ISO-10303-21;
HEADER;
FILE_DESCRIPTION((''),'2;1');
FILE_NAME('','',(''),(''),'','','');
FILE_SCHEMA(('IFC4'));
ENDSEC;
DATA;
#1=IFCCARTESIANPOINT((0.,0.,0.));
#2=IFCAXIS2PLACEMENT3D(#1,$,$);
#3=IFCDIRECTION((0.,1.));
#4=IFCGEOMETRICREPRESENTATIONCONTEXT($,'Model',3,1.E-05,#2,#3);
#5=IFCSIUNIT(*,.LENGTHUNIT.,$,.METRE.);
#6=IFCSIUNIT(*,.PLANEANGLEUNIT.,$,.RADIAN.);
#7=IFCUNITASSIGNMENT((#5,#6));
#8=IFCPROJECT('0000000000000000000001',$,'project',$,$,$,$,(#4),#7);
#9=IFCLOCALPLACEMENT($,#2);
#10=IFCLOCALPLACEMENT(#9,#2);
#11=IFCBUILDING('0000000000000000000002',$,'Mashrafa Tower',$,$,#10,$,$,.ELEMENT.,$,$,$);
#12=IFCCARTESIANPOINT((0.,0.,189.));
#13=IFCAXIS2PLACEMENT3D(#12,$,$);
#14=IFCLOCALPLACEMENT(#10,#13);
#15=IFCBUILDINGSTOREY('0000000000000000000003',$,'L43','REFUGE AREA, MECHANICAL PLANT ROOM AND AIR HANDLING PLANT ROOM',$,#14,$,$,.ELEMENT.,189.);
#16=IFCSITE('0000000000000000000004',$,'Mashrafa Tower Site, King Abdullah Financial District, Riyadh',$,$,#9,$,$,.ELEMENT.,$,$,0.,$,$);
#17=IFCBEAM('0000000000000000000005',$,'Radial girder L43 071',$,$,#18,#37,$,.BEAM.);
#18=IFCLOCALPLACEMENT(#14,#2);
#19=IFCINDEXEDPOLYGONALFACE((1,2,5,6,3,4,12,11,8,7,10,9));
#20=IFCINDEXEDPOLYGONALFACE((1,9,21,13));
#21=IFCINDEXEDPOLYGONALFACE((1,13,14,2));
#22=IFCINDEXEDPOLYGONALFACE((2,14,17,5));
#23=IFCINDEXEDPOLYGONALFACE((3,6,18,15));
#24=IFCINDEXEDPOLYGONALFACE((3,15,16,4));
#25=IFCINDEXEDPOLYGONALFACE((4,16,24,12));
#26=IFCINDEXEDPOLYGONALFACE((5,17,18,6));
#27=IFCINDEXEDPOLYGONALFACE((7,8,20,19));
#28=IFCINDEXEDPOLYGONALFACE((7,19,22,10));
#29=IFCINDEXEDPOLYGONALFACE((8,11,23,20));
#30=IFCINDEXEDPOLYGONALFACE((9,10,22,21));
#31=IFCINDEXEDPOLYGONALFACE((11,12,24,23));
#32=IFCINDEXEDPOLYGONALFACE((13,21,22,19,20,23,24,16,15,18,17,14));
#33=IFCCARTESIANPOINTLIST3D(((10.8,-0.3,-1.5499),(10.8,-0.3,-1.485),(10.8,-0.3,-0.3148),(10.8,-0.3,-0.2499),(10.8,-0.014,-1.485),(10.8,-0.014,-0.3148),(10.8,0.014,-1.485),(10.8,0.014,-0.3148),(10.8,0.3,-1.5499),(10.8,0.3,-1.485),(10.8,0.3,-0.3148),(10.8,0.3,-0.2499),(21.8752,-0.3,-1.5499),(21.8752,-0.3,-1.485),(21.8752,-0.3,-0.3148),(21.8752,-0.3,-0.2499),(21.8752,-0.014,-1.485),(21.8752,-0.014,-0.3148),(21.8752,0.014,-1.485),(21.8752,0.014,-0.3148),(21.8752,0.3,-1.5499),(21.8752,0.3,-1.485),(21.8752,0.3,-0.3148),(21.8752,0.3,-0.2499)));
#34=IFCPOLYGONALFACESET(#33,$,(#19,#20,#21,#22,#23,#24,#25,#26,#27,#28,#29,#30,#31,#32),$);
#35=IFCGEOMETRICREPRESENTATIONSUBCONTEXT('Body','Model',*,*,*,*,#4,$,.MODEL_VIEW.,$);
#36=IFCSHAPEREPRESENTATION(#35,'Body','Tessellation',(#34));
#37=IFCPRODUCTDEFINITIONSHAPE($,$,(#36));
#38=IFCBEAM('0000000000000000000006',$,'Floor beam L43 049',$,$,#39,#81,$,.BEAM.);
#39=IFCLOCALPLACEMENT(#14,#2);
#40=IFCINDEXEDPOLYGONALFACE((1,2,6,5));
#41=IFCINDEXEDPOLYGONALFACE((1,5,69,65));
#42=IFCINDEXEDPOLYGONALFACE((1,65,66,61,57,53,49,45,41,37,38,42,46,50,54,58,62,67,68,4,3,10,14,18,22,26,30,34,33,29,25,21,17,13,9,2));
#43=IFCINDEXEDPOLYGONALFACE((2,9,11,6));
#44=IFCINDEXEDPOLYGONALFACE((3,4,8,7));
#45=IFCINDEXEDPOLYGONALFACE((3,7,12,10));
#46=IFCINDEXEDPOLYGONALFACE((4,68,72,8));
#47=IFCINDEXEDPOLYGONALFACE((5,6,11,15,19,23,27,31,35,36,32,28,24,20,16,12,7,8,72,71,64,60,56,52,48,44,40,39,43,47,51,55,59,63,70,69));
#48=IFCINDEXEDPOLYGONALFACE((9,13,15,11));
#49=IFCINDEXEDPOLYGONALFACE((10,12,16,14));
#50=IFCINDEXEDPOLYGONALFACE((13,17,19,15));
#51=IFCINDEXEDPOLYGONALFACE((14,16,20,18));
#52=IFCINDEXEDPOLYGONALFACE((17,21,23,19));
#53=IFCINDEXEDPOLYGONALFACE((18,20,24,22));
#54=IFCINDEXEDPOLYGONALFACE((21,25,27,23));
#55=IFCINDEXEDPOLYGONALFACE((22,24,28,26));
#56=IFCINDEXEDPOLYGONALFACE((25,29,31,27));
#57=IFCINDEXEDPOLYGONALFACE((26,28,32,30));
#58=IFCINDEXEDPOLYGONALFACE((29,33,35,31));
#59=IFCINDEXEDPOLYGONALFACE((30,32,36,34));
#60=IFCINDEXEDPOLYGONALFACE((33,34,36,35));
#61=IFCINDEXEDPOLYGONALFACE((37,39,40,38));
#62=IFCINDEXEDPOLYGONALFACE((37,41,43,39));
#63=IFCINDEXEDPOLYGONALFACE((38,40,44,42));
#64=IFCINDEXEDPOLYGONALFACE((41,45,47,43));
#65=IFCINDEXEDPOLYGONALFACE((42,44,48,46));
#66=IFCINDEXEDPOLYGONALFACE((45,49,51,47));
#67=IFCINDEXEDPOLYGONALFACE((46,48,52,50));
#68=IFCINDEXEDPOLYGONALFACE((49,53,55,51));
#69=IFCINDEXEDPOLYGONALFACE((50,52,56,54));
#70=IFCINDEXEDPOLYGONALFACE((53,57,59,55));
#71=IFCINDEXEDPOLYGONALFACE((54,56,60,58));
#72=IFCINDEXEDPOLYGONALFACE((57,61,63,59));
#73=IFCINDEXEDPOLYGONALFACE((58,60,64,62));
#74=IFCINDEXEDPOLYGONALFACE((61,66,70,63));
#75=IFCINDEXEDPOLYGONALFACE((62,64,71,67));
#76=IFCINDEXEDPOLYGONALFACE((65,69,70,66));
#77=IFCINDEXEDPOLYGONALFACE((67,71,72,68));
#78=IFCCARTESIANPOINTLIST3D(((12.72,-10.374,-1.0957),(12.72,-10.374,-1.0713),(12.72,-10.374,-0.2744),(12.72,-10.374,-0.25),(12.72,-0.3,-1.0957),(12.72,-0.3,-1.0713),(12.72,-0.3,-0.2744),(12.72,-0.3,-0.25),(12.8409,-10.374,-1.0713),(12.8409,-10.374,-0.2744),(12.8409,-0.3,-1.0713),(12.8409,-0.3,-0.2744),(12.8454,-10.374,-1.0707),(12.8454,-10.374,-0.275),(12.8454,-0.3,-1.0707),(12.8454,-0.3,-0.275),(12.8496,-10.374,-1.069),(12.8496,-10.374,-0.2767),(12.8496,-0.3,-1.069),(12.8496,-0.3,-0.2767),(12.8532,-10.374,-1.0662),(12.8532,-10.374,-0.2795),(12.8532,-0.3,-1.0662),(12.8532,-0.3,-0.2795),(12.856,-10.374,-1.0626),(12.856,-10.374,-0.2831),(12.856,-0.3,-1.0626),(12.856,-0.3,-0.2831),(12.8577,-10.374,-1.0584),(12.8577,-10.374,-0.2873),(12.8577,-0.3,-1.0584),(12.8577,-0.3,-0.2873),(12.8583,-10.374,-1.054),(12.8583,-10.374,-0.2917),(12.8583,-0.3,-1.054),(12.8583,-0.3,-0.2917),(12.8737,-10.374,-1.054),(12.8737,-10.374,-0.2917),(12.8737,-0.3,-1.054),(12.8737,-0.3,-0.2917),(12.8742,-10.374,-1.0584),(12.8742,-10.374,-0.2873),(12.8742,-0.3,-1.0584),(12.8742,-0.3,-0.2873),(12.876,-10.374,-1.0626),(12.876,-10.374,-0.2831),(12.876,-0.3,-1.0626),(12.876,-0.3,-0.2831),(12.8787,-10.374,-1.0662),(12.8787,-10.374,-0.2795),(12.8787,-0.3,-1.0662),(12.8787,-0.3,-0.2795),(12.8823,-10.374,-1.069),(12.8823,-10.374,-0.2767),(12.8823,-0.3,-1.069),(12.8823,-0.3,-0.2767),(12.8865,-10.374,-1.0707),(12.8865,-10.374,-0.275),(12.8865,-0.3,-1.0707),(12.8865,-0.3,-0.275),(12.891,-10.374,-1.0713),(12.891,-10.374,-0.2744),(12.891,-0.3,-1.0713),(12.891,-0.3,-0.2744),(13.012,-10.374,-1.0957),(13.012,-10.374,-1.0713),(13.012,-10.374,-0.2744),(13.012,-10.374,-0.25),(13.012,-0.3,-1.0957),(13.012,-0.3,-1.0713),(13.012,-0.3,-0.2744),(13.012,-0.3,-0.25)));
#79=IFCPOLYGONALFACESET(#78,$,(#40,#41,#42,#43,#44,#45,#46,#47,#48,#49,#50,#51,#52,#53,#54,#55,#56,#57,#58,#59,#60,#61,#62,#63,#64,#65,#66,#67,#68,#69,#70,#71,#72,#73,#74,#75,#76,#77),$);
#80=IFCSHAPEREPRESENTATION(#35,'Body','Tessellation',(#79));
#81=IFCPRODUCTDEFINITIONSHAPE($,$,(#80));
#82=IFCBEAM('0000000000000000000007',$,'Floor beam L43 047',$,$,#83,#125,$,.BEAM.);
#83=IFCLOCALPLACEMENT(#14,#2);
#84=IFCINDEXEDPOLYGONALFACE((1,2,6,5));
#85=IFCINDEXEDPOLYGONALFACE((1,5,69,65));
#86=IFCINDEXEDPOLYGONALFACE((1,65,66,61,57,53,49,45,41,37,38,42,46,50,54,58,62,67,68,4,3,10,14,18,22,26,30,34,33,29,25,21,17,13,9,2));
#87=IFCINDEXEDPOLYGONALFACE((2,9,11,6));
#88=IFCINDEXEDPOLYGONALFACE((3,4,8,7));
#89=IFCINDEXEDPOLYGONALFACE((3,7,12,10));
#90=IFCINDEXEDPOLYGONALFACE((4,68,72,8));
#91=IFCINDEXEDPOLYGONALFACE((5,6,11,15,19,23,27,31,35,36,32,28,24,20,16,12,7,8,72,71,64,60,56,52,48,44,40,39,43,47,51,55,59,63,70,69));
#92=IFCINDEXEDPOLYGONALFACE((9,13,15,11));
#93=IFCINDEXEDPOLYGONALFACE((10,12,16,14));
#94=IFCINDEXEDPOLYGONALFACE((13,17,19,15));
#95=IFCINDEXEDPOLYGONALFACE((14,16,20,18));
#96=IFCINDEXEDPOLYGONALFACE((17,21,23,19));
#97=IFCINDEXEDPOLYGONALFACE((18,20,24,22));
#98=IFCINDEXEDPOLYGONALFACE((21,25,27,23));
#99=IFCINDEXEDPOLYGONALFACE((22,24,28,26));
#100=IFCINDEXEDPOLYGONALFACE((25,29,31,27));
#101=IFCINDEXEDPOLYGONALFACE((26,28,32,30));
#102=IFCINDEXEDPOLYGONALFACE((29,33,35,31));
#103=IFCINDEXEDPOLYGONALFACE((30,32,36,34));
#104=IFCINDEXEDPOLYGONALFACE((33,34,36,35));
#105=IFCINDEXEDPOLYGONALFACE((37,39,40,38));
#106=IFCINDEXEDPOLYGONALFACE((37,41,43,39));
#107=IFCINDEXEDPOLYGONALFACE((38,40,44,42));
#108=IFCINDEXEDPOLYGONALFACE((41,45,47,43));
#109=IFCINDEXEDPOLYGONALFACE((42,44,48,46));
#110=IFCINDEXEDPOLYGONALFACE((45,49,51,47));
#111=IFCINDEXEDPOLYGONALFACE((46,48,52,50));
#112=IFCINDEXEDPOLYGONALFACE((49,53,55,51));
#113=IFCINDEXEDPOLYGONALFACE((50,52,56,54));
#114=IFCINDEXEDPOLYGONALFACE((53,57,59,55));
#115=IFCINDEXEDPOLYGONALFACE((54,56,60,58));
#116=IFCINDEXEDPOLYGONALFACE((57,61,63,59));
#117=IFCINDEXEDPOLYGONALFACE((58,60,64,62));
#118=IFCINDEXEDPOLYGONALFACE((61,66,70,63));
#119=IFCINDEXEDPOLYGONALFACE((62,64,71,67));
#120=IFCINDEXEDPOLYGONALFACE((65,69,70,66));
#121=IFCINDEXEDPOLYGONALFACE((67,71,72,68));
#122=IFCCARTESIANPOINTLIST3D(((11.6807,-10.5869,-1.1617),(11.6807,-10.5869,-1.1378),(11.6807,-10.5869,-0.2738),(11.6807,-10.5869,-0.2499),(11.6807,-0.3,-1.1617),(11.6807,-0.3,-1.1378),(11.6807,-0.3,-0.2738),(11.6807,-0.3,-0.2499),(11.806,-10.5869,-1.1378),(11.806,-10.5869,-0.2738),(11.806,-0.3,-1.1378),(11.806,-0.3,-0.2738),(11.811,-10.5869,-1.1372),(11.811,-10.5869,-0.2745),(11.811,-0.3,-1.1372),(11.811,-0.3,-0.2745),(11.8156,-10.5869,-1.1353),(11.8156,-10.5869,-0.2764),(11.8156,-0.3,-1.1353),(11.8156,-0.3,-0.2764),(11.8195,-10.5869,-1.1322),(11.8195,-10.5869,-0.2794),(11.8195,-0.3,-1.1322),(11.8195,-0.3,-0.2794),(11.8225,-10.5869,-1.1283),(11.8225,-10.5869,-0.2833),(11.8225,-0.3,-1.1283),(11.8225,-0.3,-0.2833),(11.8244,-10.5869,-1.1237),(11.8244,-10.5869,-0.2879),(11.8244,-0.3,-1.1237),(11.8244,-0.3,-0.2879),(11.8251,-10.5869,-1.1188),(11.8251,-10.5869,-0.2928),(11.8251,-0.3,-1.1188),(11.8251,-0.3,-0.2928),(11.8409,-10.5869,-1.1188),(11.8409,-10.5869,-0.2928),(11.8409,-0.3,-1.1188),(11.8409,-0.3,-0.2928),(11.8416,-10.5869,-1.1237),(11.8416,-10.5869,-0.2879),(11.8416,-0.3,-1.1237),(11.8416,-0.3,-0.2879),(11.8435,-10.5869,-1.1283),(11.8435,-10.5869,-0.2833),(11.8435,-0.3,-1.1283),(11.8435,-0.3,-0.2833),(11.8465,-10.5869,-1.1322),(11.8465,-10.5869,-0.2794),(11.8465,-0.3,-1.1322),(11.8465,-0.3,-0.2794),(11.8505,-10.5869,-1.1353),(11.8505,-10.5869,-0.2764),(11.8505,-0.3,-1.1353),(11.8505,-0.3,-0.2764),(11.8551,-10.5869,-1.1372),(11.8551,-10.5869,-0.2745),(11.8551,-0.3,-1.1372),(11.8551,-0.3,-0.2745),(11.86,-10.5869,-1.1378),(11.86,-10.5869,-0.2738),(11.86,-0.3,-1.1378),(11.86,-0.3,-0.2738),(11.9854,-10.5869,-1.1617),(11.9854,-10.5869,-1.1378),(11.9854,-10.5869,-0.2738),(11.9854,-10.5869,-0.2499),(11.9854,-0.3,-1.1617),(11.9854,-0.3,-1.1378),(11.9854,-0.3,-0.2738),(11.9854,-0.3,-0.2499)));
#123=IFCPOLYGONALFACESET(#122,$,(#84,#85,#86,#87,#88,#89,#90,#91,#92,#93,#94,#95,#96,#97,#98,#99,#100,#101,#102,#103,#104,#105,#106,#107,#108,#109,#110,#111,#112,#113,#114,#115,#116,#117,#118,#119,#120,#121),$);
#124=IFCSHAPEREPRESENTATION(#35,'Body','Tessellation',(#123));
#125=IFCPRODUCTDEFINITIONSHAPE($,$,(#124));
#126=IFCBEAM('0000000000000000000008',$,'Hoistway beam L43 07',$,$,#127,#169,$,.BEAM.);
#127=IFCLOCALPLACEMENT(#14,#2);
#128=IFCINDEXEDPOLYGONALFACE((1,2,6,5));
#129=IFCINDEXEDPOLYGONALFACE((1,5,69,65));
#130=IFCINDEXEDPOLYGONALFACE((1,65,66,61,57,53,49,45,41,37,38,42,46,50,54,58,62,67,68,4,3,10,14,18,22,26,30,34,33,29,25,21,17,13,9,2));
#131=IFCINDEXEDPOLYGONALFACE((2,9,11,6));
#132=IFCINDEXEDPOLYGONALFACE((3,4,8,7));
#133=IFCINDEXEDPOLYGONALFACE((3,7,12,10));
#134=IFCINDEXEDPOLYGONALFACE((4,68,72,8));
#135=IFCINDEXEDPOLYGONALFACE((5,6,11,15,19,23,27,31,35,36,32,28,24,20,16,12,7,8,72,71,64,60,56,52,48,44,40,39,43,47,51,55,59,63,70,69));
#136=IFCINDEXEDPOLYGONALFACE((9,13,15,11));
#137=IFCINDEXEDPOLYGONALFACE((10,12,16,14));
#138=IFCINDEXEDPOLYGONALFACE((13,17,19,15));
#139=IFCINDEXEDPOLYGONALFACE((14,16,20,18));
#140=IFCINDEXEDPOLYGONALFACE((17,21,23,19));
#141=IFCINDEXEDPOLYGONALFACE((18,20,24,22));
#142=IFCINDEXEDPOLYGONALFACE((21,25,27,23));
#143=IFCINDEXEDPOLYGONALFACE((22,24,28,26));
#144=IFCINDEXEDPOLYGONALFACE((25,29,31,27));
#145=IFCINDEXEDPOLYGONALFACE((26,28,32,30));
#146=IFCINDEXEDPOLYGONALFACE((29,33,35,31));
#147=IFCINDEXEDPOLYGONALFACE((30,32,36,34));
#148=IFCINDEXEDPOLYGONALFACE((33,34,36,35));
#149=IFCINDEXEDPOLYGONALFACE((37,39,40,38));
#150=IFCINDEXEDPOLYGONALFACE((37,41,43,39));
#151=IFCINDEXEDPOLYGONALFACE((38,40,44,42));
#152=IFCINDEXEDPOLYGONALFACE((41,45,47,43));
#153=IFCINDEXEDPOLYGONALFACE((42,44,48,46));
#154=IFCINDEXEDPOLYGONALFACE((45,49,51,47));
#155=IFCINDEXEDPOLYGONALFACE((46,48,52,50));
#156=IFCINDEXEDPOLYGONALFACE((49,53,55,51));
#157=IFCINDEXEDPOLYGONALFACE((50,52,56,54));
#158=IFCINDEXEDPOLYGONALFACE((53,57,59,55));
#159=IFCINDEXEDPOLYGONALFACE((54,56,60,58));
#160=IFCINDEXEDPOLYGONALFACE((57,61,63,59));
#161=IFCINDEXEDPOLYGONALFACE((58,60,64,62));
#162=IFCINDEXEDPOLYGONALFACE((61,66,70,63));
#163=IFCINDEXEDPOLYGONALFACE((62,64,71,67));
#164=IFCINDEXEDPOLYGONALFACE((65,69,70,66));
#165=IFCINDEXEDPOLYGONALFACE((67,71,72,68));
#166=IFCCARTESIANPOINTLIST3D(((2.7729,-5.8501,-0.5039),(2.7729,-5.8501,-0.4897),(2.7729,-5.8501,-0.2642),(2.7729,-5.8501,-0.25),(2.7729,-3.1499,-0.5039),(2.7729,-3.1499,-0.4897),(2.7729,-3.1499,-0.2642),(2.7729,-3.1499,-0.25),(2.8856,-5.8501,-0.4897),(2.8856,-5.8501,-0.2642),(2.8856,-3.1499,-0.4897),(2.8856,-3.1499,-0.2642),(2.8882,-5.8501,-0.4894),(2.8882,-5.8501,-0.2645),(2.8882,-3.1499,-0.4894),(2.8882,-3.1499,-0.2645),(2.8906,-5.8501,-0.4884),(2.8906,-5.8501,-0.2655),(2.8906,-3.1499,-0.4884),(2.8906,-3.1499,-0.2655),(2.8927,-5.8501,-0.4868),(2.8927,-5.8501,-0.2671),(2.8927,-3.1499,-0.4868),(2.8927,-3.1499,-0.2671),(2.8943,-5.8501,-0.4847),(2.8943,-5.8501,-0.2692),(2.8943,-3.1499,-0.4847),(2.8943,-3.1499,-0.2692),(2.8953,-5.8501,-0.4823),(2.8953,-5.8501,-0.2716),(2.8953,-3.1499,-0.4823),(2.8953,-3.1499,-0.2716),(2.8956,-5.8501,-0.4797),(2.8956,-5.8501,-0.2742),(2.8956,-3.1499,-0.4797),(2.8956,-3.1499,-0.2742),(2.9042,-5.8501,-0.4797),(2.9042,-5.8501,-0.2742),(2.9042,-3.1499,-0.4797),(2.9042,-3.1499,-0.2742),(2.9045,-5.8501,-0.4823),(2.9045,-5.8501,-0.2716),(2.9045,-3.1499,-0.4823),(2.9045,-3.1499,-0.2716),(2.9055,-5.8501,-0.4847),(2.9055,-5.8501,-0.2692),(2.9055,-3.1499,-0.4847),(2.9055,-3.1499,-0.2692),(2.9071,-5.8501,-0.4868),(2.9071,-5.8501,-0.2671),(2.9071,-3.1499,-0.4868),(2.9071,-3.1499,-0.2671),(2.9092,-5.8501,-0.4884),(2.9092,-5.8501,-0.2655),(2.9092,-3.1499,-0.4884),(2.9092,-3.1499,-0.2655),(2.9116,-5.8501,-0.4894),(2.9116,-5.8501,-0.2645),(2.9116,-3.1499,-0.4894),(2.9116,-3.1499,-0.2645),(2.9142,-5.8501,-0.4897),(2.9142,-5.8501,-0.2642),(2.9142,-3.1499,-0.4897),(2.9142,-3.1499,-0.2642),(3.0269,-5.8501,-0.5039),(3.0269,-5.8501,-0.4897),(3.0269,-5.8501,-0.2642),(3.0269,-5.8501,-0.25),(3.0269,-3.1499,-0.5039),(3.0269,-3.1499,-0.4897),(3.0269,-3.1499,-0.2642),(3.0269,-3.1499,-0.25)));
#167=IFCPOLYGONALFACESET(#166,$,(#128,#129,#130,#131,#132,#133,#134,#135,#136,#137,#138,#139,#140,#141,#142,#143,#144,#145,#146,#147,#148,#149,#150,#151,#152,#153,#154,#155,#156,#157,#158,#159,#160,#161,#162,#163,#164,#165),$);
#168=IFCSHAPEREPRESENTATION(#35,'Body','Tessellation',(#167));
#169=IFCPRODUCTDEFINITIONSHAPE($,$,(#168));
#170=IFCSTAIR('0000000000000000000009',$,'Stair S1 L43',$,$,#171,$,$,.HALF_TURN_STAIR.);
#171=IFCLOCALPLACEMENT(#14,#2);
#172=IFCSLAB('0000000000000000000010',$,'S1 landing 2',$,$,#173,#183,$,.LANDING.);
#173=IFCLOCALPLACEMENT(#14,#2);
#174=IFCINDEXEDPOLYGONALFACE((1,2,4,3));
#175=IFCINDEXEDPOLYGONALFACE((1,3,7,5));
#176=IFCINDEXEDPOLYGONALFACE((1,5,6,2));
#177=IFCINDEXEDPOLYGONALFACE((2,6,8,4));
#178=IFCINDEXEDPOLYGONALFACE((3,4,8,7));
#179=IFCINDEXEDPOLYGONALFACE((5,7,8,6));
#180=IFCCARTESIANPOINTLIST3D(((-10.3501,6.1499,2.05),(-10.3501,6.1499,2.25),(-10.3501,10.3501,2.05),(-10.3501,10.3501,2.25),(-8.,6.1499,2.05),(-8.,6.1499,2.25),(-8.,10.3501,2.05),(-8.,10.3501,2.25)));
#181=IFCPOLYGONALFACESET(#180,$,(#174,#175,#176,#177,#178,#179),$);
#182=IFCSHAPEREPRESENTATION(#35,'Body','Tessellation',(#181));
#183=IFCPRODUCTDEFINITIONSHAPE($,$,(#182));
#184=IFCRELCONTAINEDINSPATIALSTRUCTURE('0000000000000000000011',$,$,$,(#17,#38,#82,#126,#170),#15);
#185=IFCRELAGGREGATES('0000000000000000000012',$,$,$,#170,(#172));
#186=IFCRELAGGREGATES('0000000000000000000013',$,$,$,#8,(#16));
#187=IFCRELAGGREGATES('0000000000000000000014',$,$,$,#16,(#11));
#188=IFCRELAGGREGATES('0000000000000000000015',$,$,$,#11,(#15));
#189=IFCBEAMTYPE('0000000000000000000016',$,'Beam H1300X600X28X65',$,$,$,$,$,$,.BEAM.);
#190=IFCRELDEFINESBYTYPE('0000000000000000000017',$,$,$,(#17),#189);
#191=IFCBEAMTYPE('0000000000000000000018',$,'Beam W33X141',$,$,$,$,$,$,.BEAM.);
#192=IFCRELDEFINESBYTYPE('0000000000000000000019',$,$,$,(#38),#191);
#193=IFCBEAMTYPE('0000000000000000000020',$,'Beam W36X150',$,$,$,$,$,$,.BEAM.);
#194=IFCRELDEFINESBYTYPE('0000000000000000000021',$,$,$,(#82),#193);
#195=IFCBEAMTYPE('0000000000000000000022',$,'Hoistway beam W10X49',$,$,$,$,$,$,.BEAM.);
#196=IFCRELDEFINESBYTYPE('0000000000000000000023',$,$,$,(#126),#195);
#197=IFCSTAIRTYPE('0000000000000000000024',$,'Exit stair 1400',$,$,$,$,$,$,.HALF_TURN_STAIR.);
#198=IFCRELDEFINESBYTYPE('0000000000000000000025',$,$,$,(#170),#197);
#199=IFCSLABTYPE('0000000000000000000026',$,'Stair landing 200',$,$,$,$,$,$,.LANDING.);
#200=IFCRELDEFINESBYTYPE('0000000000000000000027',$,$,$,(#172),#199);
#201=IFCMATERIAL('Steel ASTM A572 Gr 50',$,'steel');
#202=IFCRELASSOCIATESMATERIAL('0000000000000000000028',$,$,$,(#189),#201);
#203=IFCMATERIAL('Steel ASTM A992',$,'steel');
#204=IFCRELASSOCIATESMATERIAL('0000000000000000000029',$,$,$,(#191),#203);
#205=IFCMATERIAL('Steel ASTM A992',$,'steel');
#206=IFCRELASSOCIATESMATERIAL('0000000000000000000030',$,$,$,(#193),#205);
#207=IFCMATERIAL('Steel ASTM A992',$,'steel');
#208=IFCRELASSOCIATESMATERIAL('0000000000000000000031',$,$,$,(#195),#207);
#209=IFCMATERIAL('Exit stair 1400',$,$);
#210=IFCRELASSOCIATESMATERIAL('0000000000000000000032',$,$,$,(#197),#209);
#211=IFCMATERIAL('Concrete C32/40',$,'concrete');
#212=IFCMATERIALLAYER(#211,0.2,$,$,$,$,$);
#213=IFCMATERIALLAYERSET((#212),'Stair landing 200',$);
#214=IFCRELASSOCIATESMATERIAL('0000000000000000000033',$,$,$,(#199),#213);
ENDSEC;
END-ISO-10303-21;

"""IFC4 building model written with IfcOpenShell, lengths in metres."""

from ifc_helpers import new_model, si_unit, direction, frame, origin, origin_2d, place, context, subcontext, project, spatial, polyline, i_section, outline, extrude, material, layer, layer_set, material_profile, profile_set, type_object, element, aggregate, save


model = new_model("IFC4")

# Units and contexts
model_context = context("Model", 3, precision=1e-05, world=origin(), true_north=direction((0.0, 1.0)))
body_context = subcontext(model_context, "Body", "Model", "MODEL_VIEW")
ifc_project = project(units=[si_unit("LENGTHUNIT", "METRE"), si_unit("PLANEANGLEUNIT", "RADIAN")], contexts=[model_context])

# Site, building, storey
site_placement = place(None, origin())
site = spatial("IfcSite", under=ifc_project, at=site_placement, Name="Mashrafa Tower Site, King Abdullah Financial District, Riyadh", CompositionType="ELEMENT", RefElevation=0.0)
building_placement = place(site_placement, origin())
building = spatial("IfcBuilding", under=site, at=building_placement, Name="Mashrafa Tower", CompositionType="ELEMENT")
storey_placement = place(building_placement, frame((0.0, 0.0, 189.0)))
storey = spatial("IfcBuildingStorey", under=building, at=storey_placement, Name="L43", Description="REFUGE AREA, MECHANICAL PLANT ROOM AND AIR HANDLING PLANT ROOM", CompositionType="ELEMENT", Elevation=189.0)

# Beams
ifc_material_1 = material(Name="Steel ASTM A572 Gr 50", Category="steel")
ifc_material_profile_1 = material_profile(ifc_material_1, i_section(OverallWidth=0.6001, OverallDepth=1.3, WebThickness=0.0281, FlangeThickness=0.0649, at=origin_2d()), Name="H1300X600X28X65")
ifc_profile_set_1 = profile_set([ifc_material_profile_1], Name="Steel ASTM A572 Gr 50")
beam_type_1 = type_object("IfcBeamType", Name="Beam H1300X600X28X65", PredefinedType="BEAM", material=ifc_profile_set_1)
beam_1_placement = place(storey_placement, frame((10.8, 0.0, -0.8999), z_axis=(1.0, 0.0, 0.0), x_axis=(0.0, 1.0, 0.0)))
element("IfcBeam", 1, at=beam_1_placement, inside=storey, type_object=beam_type_1, Name="Radial girder L43 071", PredefinedType="BEAM", context=body_context, shape_type="SweptSolid", body=[
    extrude(i_section(OverallWidth=0.6001, OverallDepth=1.3, WebThickness=0.0281, FlangeThickness=0.0649, at=origin_2d()), origin(), (0.0, 0.0, 1.0), 11.0752),
])
ifc_material_2 = material(Name="Steel ASTM A992", Category="steel")
ifc_material_profile_2 = material_profile(ifc_material_2, i_section(OverallWidth=0.292, OverallDepth=0.8457, WebThickness=0.0154, FlangeThickness=0.0244, FilletRadius=0.0173, at=origin_2d()), Name="W33X141")
ifc_profile_set_2 = profile_set([ifc_material_profile_2], Name="Steel ASTM A992")
beam_type_2 = type_object("IfcBeamType", Name="Beam W33X141", PredefinedType="BEAM", material=ifc_profile_set_2)
beam_2_placement = place(storey_placement, frame((12.866, -0.3, -0.6729), z_axis=(0.0, -1.0, 0.0), x_axis=(1.0, 0.0, 0.0)))
element("IfcBeam", 2, at=beam_2_placement, inside=storey, type_object=beam_type_2, Name="Floor beam L43 049", PredefinedType="BEAM", context=body_context, shape_type="SweptSolid", body=[
    extrude(i_section(OverallWidth=0.292, OverallDepth=0.8457, WebThickness=0.0154, FlangeThickness=0.0244, FilletRadius=0.0173, at=origin_2d()), origin(), (0.0, 0.0, 1.0), 10.074),
])
ifc_material_3 = material(Name="Steel ASTM A992", Category="steel")
ifc_material_profile_3 = material_profile(ifc_material_3, i_section(OverallWidth=0.3047, OverallDepth=0.9119, WebThickness=0.0159, FlangeThickness=0.0239, FilletRadius=0.019, at=origin_2d()), Name="W36X150")
ifc_profile_set_3 = profile_set([ifc_material_profile_3], Name="Steel ASTM A992")
beam_type_3 = type_object("IfcBeamType", Name="Beam W36X150", PredefinedType="BEAM", material=ifc_profile_set_3)
beam_3_placement = place(storey_placement, frame((11.833, -0.3, -0.7058), z_axis=(0.0, -1.0, 0.0), x_axis=(1.0, 0.0, 0.0)))
element("IfcBeam", 3, at=beam_3_placement, inside=storey, type_object=beam_type_3, Name="Floor beam L43 047", PredefinedType="BEAM", context=body_context, shape_type="SweptSolid", body=[
    extrude(i_section(OverallWidth=0.3047, OverallDepth=0.9119, WebThickness=0.0159, FlangeThickness=0.0239, FilletRadius=0.019, at=origin_2d()), origin(), (0.0, 0.0, 1.0), 10.2869),
])
ifc_material_4 = material(Name="Steel ASTM A992", Category="steel")
ifc_material_profile_4 = material_profile(ifc_material_4, i_section(OverallWidth=0.2539, OverallDepth=0.2539, WebThickness=0.0085, FlangeThickness=0.0142, FilletRadius=0.01, at=origin_2d()), Name="W10X49")
ifc_profile_set_4 = profile_set([ifc_material_profile_4], Name="Steel ASTM A992")
beam_type_4 = type_object("IfcBeamType", Name="Hoistway beam W10X49", PredefinedType="BEAM", material=ifc_profile_set_4)
beam_4_placement = place(storey_placement, frame((2.8999, -5.8501, -0.377), z_axis=(0.0, 1.0, 0.0), x_axis=(-1.0, 0.0, 0.0)))
element("IfcBeam", 4, at=beam_4_placement, inside=storey, type_object=beam_type_4, Name="Hoistway beam L43 07", PredefinedType="BEAM", context=body_context, shape_type="SweptSolid", body=[
    extrude(i_section(OverallWidth=0.2539, OverallDepth=0.2539, WebThickness=0.0085, FlangeThickness=0.0142, FilletRadius=0.01, at=origin_2d()), origin(), (0.0, 0.0, 1.0), 2.7002),
])

# Stair, slab
ifc_material_5 = material(Name="Exit stair 1400")
stair_type = type_object("IfcStairType", Name="Exit stair 1400", PredefinedType="HALF_TURN_STAIR", material=ifc_material_5)
stair_1_placement = place(storey_placement, origin())
stair_1 = element("IfcStair", 5, at=stair_1_placement, inside=storey, type_object=stair_type, Name="Stair S1 L43", PredefinedType="HALF_TURN_STAIR")
ifc_material_6 = material(Name="Concrete C32/40", Category="concrete")
ifc_layer_1 = layer(ifc_material_6, 0.2)
ifc_layer_set_1 = layer_set([ifc_layer_1], Name="Stair landing 200")
slab_type_1 = type_object("IfcSlabType", Name="Stair landing 200", PredefinedType="LANDING", material=ifc_layer_set_1)
slab_1_placement = place(storey_placement, frame((0.0, 0.0, 2.05)))
slab_1 = element("IfcSlab", 6, at=slab_1_placement, type_object=slab_type_1, Name="S1 landing 2", PredefinedType="LANDING", context=body_context, shape_type="SweptSolid", body=[
    extrude(outline(polyline([(-10.3501, 6.1499), (-8.0, 6.1499), (-8.0, 10.3501), (-10.3501, 10.3501), (-10.3501, 6.1499)])), origin(), (0.0, 0.0, 1.0), 0.2),
])

aggregate(stair_1, [slab_1])

save(model, "model.ifc")
